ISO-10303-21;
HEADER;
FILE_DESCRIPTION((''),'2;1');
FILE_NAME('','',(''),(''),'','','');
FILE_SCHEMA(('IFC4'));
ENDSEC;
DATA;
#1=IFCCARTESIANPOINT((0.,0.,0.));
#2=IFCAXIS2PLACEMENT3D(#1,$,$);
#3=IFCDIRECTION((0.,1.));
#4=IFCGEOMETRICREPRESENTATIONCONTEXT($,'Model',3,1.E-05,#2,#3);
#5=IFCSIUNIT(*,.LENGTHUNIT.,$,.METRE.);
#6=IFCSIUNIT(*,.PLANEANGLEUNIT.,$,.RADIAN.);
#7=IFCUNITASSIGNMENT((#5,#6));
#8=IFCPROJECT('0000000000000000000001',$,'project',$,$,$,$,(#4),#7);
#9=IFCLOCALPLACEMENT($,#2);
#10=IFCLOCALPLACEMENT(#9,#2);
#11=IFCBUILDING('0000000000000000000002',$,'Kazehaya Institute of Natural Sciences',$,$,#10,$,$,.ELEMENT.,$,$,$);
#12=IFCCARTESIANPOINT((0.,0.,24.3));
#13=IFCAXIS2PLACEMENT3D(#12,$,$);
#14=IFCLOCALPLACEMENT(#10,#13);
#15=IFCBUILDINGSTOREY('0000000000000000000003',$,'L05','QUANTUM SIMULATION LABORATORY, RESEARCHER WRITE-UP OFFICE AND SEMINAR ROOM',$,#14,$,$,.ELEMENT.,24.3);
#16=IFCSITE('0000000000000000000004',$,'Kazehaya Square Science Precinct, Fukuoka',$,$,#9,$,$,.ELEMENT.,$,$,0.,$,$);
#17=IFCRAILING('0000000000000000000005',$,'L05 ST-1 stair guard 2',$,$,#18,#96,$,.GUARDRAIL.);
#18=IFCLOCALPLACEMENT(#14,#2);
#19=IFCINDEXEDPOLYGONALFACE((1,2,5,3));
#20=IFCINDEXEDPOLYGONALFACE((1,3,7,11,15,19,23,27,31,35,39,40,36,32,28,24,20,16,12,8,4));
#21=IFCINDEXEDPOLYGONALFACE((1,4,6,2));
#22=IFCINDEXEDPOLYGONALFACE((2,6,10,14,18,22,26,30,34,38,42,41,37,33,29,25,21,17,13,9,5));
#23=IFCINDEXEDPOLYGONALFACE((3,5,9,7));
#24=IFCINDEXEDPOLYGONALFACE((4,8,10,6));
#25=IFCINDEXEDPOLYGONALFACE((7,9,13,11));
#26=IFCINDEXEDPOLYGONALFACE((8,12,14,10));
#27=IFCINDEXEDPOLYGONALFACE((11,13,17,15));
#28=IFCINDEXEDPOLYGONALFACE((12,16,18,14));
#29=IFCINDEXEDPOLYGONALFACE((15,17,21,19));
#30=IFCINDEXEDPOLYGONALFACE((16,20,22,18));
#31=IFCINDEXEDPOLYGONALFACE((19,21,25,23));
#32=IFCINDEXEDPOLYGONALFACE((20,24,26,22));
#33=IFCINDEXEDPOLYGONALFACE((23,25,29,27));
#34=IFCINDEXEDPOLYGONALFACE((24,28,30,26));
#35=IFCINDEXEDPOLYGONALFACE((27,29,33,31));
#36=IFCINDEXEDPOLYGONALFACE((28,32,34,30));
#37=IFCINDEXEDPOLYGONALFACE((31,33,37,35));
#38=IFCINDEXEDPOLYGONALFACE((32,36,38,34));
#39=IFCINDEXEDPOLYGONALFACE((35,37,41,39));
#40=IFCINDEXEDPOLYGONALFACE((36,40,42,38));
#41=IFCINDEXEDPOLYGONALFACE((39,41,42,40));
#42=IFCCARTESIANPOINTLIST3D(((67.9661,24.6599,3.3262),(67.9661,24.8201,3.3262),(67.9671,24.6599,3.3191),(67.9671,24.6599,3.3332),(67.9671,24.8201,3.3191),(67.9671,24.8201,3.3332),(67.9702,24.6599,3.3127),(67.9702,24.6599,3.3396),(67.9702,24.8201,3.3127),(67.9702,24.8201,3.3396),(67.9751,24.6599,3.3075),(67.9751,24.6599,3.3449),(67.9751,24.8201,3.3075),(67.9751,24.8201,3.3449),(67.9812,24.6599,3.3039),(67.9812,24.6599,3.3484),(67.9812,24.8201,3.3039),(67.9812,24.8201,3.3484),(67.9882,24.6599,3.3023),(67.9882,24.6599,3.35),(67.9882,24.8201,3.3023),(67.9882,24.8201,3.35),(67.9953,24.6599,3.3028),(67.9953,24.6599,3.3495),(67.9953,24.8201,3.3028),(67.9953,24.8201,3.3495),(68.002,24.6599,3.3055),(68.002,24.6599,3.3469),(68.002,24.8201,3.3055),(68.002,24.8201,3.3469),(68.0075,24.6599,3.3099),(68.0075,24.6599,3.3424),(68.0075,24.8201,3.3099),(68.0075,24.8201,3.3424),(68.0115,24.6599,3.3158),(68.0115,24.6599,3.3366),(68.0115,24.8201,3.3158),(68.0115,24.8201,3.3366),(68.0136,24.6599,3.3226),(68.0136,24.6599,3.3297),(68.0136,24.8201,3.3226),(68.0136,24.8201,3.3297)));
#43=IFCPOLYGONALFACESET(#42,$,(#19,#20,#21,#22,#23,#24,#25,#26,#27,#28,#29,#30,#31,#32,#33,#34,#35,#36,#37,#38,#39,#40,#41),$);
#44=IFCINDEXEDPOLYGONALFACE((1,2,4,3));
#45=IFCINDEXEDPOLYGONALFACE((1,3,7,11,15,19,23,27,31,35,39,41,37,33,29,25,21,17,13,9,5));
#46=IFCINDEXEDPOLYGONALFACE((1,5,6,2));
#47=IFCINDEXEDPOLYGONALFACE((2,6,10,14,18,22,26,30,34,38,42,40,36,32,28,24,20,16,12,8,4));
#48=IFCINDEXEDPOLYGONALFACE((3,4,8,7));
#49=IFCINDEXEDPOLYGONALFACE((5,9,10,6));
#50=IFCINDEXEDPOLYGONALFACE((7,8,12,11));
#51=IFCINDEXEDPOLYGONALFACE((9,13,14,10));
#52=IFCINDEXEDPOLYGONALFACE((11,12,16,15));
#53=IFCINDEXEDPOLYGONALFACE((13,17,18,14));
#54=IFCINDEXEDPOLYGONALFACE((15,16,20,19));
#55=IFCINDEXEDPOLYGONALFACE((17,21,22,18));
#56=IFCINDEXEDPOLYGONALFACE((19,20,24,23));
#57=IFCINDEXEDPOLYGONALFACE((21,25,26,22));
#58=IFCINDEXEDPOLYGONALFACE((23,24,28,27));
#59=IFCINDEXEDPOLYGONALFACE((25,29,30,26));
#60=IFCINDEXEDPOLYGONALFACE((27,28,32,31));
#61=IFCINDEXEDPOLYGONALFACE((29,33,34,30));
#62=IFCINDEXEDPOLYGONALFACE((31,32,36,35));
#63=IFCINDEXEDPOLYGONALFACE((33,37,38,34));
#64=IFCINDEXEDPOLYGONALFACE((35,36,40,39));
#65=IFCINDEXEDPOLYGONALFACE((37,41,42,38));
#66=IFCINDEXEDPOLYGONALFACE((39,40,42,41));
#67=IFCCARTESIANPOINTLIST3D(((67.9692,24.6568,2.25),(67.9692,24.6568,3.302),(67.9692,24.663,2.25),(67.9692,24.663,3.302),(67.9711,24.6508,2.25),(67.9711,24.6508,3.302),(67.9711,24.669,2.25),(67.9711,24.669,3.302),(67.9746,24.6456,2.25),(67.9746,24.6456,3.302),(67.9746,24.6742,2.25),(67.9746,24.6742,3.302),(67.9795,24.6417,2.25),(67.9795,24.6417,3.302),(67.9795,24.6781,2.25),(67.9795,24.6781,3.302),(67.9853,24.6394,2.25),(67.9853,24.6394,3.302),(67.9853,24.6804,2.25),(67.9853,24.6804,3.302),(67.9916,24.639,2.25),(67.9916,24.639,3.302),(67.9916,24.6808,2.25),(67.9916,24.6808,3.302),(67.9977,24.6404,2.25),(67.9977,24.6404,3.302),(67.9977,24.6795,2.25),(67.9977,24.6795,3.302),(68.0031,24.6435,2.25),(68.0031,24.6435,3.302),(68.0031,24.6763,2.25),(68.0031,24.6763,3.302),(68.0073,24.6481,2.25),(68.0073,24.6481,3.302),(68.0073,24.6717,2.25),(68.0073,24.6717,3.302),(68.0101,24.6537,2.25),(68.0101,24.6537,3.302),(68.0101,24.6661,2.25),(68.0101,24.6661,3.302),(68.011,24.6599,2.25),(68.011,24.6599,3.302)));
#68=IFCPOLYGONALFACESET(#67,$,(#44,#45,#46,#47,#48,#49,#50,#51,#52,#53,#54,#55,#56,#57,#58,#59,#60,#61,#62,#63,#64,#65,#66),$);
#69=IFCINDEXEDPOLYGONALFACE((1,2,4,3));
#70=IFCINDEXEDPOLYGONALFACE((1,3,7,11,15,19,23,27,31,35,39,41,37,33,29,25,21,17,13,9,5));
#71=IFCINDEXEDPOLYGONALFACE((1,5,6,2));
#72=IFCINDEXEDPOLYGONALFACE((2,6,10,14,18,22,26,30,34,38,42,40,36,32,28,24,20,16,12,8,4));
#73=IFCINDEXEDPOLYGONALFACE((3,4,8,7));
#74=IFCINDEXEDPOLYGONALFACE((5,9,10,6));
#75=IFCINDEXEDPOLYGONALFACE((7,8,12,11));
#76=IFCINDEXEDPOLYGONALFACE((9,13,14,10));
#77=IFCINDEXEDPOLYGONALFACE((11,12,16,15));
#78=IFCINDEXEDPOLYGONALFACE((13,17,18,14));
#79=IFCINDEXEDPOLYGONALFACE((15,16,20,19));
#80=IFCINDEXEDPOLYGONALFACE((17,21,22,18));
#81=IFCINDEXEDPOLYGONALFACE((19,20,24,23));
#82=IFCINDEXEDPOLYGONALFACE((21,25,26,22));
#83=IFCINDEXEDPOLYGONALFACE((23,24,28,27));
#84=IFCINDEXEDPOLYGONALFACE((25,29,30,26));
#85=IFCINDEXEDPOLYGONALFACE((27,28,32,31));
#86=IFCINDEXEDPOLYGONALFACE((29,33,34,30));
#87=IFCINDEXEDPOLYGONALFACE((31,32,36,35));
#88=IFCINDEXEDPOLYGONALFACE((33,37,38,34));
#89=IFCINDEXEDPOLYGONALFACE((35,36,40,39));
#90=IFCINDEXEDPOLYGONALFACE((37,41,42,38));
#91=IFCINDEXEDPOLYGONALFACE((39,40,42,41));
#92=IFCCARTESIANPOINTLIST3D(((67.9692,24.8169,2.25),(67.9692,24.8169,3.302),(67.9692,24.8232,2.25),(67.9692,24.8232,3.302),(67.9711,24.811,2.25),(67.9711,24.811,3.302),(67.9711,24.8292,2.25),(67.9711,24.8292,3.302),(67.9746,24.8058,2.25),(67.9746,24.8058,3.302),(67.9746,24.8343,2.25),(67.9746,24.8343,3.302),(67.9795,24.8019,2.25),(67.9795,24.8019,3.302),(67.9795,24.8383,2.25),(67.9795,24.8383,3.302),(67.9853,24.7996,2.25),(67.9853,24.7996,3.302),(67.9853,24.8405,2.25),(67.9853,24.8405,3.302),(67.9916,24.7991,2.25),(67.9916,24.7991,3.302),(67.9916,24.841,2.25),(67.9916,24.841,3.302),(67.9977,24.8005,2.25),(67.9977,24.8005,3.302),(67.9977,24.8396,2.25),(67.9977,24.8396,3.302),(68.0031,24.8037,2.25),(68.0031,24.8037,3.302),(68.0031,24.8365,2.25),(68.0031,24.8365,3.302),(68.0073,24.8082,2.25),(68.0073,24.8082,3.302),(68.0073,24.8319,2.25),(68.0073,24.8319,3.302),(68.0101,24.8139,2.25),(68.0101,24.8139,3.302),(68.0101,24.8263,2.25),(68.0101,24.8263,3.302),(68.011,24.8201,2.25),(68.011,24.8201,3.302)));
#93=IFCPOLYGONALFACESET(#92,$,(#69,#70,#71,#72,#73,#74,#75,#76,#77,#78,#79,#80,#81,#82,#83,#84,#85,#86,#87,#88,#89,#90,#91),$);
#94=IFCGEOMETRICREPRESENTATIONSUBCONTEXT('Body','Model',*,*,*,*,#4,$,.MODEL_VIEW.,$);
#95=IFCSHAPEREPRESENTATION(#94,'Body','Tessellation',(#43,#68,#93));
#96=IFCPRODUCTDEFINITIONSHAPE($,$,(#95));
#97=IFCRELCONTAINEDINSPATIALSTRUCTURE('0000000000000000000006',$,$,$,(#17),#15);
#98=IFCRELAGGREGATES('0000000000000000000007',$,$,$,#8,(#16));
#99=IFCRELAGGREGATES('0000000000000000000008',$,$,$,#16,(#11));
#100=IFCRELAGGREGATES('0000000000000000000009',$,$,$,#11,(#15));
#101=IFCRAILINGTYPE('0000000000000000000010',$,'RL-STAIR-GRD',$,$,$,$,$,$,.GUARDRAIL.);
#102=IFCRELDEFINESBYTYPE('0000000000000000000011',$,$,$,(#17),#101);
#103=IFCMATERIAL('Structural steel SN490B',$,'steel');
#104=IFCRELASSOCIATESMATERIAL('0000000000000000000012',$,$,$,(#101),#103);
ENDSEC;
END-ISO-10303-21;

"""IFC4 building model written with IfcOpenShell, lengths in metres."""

from ifc_helpers import new_model, si_unit, direction, frame, origin, origin_2d, place, context, subcontext, project, spatial, circle, extrude, material, type_object, element, save


model = new_model("IFC4")

# Units and contexts
model_context = context("Model", 3, precision=1e-05, world=origin(), true_north=direction((0.0, 1.0)))
body_context = subcontext(model_context, "Body", "Model", "MODEL_VIEW")
ifc_project = project(units=[si_unit("LENGTHUNIT", "METRE"), si_unit("PLANEANGLEUNIT", "RADIAN")], contexts=[model_context])

# Site, building, storey
site_placement = place(None, origin())
site = spatial("IfcSite", under=ifc_project, at=site_placement, Name="Kazehaya Square Science Precinct, Fukuoka", CompositionType="ELEMENT", RefElevation=0.0)
building_placement = place(site_placement, origin())
building = spatial("IfcBuilding", under=site, at=building_placement, Name="Kazehaya Institute of Natural Sciences", CompositionType="ELEMENT")
storey_placement = place(building_placement, frame((0.0, 0.0, 24.3)))
storey = spatial("IfcBuildingStorey", under=building, at=storey_placement, Name="L05", Description="QUANTUM SIMULATION LABORATORY, RESEARCHER WRITE-UP OFFICE AND SEMINAR ROOM", CompositionType="ELEMENT", Elevation=24.3)

# Railing
ifc_material_1 = material(Name="Structural steel SN490B", Category="steel")
railing_type_1 = type_object("IfcRailingType", Name="RL-STAIR-GRD", PredefinedType="GUARDRAIL", material=ifc_material_1)
railing_1_placement = place(storey_placement, frame((67.99, 24.6599, 2.25)))
element("IfcRailing", 1, at=railing_1_placement, inside=storey, type_object=railing_type_1, Name="L05 ST-1 stair guard 2", PredefinedType="GUARDRAIL", context=body_context, shape_type="SweptSolid", body=[
    extrude(circle(Radius=0.0239, at=origin_2d()), frame((0.0, 0.0, 1.0762), z_axis=(0.0, 1.0, 0.0), x_axis=(-1.0, 0.0, 0.0)), (0.0, 0.0, 1.0), 0.1602),
    extrude(circle(Radius=0.021, at=origin_2d()), origin(), (0.0, 0.0, 1.0), 1.052),
    extrude(circle(Radius=0.021, at=origin_2d()), frame((0.0, 0.1602, 0.0)), (0.0, 0.0, 1.0), 1.052),
])

save(model, "model.ifc")
